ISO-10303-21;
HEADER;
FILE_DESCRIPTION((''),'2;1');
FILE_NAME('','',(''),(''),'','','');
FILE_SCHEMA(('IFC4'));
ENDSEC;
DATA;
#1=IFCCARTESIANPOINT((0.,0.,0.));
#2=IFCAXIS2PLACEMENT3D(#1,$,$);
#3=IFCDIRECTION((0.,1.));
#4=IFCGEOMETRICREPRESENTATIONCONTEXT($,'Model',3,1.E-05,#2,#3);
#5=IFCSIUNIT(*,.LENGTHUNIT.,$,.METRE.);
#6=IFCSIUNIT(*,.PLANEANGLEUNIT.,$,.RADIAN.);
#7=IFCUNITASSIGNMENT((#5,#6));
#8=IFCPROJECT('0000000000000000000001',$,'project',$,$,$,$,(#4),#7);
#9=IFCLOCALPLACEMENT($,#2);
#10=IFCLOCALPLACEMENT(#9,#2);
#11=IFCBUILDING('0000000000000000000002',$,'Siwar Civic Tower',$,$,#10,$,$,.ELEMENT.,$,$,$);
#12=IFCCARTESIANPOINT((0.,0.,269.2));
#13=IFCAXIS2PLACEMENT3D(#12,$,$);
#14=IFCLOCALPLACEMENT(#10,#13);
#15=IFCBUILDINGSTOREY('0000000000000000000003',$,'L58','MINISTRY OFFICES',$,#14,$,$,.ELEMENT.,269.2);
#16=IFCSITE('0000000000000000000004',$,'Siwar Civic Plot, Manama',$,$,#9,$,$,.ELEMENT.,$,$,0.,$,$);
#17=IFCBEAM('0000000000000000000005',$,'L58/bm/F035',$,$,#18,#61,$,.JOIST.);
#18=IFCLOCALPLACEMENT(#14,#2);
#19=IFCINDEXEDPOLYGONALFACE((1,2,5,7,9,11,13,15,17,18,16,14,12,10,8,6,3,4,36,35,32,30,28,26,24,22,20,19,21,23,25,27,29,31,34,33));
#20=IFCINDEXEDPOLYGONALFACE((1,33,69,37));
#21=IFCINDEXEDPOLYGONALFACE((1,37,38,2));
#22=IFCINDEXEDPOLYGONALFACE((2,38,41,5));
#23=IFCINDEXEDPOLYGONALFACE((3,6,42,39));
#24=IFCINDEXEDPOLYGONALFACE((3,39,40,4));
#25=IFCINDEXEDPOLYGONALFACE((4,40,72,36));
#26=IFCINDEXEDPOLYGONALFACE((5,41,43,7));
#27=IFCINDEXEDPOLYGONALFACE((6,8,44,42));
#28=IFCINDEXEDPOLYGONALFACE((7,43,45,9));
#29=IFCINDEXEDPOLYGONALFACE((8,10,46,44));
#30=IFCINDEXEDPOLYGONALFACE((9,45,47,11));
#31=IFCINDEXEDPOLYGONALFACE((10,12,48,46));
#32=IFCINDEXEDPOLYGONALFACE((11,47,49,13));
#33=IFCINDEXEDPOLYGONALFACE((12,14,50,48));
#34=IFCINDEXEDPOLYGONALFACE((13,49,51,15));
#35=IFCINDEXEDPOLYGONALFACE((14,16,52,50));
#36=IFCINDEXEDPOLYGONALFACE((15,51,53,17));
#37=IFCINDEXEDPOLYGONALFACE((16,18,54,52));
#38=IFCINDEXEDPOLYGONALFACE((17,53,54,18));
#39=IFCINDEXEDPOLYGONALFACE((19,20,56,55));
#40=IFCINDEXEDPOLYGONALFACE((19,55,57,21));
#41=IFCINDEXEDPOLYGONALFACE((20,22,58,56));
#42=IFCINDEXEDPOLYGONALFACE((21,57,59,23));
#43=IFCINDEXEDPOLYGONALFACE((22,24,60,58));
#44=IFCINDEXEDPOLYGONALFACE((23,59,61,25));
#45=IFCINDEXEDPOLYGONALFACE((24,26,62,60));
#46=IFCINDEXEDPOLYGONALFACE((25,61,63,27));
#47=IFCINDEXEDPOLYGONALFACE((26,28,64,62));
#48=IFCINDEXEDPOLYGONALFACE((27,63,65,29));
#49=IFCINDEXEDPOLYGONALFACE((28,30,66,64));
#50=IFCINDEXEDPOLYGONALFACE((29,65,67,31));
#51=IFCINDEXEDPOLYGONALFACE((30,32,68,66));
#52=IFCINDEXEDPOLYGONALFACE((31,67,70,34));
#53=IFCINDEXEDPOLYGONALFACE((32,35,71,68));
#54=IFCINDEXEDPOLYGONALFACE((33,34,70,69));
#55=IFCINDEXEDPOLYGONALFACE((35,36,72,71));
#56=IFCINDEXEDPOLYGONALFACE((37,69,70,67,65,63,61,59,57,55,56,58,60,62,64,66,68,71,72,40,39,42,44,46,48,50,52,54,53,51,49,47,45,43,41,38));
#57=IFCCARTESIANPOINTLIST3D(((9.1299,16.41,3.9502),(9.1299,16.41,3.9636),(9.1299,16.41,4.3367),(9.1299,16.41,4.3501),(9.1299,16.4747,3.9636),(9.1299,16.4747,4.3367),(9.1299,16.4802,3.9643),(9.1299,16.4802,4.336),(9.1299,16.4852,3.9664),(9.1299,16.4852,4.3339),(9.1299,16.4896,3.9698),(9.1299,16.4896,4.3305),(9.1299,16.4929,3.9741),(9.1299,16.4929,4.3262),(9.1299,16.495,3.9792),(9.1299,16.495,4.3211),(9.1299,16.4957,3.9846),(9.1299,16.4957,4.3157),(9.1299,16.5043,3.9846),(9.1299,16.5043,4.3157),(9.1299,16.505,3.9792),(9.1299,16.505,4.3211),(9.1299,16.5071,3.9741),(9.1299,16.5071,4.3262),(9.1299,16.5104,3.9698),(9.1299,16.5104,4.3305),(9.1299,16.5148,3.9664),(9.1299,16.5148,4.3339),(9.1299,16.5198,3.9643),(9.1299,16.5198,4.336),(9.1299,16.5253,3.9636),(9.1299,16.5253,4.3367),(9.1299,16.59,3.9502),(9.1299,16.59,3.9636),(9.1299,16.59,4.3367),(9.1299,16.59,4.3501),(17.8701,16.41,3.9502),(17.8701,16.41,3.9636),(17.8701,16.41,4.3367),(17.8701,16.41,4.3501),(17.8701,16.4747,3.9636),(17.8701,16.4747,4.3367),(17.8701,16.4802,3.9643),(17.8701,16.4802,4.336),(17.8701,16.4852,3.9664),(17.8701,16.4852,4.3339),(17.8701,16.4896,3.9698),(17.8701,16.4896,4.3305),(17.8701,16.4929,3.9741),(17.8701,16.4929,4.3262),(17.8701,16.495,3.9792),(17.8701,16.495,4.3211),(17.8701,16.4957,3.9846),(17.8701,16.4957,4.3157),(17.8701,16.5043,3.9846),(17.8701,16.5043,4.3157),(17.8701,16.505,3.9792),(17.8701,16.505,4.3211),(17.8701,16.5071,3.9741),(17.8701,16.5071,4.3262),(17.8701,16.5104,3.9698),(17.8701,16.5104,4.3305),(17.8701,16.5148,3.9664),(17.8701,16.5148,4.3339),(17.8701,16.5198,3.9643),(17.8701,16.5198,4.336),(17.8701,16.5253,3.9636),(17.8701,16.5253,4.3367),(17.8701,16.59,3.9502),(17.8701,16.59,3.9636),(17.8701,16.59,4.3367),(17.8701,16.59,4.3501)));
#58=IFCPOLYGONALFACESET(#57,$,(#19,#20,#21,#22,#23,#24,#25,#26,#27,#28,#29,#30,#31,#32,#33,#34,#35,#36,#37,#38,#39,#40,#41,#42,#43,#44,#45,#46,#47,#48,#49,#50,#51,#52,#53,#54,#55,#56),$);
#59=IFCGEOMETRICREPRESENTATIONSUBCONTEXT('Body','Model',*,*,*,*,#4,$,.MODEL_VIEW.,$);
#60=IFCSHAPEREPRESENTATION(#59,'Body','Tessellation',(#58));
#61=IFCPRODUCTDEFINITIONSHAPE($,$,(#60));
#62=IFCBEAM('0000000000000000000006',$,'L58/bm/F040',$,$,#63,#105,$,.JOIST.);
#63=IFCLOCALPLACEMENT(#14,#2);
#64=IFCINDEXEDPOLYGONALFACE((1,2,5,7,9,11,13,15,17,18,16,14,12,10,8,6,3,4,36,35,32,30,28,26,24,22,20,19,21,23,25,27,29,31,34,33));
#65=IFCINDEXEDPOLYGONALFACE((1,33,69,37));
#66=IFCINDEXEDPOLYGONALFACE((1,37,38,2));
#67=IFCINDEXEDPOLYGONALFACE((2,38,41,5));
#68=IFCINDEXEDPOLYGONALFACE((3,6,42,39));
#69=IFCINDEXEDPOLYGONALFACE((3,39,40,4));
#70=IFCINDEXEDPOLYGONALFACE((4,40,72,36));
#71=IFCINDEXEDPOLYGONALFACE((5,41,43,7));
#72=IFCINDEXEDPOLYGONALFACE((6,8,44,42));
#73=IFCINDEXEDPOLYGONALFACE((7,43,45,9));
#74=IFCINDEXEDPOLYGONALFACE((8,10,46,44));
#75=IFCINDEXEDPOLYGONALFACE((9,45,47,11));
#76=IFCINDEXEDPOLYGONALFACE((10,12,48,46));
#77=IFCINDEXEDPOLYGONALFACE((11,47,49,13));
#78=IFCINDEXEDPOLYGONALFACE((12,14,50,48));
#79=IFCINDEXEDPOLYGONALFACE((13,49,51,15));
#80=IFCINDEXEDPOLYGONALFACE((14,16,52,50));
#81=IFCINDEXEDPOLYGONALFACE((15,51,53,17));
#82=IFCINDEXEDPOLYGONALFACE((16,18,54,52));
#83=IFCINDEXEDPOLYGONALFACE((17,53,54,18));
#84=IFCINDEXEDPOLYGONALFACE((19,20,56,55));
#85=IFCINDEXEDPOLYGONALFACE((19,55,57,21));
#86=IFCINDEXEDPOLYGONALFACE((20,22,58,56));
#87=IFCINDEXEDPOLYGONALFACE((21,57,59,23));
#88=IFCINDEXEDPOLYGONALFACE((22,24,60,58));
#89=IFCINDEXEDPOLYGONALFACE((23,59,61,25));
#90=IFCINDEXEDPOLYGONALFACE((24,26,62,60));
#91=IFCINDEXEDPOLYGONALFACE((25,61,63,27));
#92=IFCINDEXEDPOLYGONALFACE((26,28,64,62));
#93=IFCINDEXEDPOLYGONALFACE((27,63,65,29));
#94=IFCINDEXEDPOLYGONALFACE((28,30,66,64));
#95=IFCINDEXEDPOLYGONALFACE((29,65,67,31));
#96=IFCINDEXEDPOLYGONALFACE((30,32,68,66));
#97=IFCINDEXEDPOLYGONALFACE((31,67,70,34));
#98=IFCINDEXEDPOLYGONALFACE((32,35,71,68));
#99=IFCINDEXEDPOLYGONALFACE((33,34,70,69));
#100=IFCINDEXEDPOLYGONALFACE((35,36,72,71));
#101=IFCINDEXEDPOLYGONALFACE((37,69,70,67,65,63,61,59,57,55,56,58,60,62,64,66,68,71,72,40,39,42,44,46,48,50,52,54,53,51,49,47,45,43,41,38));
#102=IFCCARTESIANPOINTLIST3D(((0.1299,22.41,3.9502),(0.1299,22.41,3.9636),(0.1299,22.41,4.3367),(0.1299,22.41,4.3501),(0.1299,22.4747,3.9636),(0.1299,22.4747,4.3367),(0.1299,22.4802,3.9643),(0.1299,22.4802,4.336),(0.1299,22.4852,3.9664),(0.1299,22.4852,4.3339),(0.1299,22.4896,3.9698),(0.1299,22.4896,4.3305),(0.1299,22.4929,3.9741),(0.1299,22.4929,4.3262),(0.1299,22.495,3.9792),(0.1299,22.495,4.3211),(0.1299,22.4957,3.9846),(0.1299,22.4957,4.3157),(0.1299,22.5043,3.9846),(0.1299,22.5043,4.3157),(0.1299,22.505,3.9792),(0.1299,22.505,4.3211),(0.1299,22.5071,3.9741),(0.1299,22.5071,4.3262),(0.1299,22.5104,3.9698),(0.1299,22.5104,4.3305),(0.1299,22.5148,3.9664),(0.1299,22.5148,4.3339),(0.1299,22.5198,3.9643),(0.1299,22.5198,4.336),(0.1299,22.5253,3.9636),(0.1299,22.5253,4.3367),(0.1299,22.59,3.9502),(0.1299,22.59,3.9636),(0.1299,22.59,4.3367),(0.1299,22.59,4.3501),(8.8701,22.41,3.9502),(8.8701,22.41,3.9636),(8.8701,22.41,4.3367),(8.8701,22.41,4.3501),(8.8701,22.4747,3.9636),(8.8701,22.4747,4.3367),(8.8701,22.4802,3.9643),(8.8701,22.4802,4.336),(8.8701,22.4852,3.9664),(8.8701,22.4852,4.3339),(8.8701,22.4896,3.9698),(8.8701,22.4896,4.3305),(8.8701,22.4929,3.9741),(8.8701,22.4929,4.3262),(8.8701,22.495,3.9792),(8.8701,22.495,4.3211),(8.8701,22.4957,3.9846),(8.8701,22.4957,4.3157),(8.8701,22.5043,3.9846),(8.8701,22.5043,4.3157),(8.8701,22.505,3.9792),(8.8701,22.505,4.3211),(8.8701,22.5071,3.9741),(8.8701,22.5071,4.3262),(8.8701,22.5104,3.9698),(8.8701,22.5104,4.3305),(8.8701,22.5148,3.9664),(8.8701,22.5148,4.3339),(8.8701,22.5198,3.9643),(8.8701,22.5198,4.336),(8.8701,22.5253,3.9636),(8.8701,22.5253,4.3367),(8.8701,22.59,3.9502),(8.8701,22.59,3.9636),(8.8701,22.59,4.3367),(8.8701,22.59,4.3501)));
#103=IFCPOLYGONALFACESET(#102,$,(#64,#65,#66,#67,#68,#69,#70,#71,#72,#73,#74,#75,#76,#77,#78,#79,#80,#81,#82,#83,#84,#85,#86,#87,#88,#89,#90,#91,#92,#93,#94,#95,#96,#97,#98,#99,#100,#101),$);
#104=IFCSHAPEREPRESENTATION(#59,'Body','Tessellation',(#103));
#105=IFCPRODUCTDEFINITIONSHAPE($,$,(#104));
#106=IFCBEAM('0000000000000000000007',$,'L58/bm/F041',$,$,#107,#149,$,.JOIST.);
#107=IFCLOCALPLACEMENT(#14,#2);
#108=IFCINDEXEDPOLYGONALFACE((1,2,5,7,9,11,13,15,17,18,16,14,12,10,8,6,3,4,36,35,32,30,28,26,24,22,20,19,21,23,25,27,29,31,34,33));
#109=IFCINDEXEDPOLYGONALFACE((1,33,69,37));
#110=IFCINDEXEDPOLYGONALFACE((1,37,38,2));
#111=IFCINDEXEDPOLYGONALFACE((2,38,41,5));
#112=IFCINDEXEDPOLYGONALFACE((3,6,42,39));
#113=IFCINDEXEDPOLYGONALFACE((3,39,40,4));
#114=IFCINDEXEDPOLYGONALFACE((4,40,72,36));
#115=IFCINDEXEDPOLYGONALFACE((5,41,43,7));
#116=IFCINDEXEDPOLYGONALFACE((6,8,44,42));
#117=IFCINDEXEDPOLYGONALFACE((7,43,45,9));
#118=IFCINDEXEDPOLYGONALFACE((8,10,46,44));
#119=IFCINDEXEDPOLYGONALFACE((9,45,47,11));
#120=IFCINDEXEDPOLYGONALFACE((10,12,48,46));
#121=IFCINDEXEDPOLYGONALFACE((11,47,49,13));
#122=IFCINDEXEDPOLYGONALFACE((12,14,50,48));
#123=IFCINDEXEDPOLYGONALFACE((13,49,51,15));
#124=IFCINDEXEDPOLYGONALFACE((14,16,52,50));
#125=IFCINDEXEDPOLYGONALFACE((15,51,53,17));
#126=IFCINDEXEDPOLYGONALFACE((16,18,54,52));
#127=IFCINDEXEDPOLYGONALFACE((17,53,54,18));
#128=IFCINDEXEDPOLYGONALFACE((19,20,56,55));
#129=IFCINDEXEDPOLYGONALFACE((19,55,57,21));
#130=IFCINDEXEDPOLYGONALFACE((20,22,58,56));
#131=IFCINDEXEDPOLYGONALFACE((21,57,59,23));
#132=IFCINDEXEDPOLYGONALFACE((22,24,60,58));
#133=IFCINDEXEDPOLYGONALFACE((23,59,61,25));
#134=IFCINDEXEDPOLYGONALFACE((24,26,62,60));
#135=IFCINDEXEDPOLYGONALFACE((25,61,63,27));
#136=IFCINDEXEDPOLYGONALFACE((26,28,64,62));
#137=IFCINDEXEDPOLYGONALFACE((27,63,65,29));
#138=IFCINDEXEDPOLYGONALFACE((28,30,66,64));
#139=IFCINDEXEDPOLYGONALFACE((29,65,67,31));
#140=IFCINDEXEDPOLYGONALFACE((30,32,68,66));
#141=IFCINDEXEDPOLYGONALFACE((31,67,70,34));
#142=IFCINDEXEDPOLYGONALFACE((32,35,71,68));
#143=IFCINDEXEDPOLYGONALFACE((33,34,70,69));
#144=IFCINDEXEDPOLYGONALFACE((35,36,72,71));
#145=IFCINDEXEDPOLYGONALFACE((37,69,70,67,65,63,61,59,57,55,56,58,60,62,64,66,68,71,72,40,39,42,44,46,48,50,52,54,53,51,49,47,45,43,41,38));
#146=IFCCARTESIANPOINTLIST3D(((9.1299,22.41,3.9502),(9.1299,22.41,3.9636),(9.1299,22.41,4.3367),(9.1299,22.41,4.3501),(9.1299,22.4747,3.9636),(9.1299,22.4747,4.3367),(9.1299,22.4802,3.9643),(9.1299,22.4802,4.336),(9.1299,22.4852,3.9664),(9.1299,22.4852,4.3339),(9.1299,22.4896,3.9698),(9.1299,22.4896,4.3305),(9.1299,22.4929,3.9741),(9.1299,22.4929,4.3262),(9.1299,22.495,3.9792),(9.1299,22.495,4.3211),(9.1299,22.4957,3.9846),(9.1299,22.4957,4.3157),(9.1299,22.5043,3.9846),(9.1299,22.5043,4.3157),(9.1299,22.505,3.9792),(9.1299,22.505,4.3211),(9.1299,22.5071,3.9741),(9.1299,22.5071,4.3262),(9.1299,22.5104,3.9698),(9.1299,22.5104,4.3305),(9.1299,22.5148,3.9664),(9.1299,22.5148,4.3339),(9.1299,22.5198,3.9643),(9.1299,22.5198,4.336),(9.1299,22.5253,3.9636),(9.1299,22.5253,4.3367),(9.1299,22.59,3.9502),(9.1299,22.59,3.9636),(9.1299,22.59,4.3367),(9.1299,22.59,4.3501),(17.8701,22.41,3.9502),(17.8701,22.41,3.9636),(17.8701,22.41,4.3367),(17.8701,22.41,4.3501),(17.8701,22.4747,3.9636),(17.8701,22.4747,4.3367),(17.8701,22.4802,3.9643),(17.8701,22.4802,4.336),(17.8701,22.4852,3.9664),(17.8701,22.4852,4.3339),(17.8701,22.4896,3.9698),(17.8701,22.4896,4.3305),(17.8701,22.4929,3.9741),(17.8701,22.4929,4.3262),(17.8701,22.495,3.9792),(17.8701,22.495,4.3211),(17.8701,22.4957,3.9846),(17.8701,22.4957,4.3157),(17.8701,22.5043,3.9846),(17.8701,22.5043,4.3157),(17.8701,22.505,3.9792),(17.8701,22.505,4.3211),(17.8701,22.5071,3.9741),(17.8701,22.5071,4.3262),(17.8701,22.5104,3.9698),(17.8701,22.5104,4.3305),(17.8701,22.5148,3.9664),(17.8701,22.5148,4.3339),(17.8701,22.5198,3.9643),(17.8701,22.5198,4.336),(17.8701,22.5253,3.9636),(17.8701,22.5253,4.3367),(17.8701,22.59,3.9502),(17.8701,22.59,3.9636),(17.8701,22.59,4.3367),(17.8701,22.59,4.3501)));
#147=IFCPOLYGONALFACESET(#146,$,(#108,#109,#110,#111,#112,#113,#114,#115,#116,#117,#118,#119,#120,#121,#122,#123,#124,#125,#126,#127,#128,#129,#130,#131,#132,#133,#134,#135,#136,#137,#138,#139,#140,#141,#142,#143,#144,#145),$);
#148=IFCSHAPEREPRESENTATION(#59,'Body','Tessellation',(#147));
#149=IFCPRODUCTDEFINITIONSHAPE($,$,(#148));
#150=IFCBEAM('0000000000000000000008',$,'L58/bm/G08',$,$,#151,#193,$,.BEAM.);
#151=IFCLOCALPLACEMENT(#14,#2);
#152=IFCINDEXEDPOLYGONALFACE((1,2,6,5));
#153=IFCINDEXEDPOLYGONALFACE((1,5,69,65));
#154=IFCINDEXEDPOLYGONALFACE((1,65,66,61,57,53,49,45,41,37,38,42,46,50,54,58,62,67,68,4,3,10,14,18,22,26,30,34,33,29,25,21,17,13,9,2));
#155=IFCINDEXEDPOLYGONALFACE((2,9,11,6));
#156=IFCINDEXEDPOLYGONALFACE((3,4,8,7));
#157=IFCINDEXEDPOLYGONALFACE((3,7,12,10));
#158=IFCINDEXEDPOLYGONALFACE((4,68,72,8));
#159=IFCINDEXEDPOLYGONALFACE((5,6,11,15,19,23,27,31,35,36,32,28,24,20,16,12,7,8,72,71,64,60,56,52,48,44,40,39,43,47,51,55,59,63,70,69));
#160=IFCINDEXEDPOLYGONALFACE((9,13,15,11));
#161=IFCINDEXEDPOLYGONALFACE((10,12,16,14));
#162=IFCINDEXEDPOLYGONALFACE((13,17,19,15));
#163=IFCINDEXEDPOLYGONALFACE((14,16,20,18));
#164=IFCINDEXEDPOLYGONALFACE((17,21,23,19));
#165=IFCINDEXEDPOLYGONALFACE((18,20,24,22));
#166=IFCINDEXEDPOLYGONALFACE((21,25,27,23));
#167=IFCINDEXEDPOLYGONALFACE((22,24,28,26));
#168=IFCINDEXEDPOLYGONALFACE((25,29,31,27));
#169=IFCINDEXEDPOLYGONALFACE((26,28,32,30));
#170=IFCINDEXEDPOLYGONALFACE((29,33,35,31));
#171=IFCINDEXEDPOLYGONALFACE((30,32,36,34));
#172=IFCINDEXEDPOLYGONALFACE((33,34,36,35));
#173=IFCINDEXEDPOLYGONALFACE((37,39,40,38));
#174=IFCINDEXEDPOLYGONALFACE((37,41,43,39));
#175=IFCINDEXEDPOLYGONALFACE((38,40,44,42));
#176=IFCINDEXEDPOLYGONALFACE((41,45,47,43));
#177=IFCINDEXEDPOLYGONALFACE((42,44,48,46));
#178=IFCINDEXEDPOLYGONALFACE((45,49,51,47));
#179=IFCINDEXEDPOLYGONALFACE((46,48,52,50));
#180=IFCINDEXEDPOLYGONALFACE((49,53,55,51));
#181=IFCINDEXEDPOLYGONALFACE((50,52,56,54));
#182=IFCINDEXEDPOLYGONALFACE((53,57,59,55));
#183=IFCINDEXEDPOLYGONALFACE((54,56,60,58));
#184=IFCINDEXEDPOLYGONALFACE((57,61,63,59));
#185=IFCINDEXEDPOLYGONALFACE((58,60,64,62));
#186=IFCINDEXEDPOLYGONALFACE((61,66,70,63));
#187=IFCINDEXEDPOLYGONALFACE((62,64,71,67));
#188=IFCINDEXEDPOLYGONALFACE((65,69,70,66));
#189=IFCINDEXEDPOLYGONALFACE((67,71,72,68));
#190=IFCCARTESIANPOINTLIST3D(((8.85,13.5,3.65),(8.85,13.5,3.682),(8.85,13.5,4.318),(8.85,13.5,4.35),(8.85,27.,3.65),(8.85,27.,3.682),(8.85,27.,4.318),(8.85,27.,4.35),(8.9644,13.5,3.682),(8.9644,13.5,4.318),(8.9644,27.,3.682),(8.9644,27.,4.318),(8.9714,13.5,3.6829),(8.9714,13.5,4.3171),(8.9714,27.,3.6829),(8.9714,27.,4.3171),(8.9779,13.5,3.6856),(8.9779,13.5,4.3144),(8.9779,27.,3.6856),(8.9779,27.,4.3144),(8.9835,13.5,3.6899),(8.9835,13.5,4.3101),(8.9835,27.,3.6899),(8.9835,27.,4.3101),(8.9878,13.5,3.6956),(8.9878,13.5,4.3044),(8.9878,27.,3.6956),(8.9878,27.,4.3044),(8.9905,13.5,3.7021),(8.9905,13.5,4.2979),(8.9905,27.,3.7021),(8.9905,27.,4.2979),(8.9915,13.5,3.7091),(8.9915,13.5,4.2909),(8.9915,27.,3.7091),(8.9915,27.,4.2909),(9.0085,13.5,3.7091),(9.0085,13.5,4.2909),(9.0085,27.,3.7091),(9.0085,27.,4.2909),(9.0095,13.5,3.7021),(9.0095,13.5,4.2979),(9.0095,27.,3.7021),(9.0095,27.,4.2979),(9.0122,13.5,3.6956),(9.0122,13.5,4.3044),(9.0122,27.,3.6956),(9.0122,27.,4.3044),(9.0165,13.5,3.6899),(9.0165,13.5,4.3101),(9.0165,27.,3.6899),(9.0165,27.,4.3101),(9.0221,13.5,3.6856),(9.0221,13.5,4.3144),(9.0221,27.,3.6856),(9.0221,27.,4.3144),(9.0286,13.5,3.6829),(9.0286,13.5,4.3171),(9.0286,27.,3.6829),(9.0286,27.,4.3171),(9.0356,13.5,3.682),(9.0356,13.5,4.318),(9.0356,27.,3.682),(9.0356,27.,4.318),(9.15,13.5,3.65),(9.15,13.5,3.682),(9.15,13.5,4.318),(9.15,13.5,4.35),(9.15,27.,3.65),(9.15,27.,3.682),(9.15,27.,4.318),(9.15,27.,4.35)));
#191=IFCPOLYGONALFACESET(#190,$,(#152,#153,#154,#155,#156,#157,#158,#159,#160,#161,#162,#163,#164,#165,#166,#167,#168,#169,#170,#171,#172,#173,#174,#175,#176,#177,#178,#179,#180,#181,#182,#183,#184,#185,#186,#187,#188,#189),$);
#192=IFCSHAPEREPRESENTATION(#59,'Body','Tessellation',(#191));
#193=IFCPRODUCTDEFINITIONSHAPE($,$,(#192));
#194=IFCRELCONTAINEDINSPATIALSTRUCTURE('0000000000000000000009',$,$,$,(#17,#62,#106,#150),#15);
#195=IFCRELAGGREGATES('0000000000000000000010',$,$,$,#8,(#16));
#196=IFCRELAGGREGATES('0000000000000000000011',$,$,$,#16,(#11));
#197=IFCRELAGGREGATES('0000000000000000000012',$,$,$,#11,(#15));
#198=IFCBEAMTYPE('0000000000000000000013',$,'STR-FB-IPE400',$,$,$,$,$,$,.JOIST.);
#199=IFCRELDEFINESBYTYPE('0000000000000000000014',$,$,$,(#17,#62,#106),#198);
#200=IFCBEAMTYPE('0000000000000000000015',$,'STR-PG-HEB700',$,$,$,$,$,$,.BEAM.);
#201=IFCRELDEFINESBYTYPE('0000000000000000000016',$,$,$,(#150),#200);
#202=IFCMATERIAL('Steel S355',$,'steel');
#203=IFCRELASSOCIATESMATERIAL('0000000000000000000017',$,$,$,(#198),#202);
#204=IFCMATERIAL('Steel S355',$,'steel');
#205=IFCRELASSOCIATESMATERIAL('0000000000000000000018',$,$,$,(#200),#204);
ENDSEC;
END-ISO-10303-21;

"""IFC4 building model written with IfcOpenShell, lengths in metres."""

from ifc_helpers import new_model, si_unit, direction, frame, origin, origin_2d, place, context, subcontext, project, spatial, i_section, extrude, material, material_profile, profile_set, type_object, element, save


model = new_model("IFC4")

# Units and contexts
model_context = context("Model", 3, precision=1e-05, world=origin(), true_north=direction((0.0, 1.0)))
body_context = subcontext(model_context, "Body", "Model", "MODEL_VIEW")
ifc_project = project(units=[si_unit("LENGTHUNIT", "METRE"), si_unit("PLANEANGLEUNIT", "RADIAN")], contexts=[model_context])

# Site, building, storey
site_placement = place(None, origin())
site = spatial("IfcSite", under=ifc_project, at=site_placement, Name="Siwar Civic Plot, Manama", CompositionType="ELEMENT", RefElevation=0.0)
building_placement = place(site_placement, origin())
building = spatial("IfcBuilding", under=site, at=building_placement, Name="Siwar Civic Tower", CompositionType="ELEMENT")
storey_placement = place(building_placement, frame((0.0, 0.0, 269.2)))
storey = spatial("IfcBuildingStorey", under=building, at=storey_placement, Name="L58", Description="MINISTRY OFFICES", CompositionType="ELEMENT", Elevation=269.2)

# Beams
ifc_material_1 = material(Name="Steel S355", Category="steel")
ifc_material_profile_1 = material_profile(ifc_material_1, i_section(OverallWidth=0.1799, OverallDepth=0.3999, WebThickness=0.0085, FlangeThickness=0.0134, FilletRadius=0.021, at=origin_2d()), Name="IPE400")
ifc_profile_set_1 = profile_set([ifc_material_profile_1], Name="Steel S355")
beam_type_1 = type_object("IfcBeamType", Name="STR-FB-IPE400", PredefinedType="JOIST", material=ifc_profile_set_1)
for number, where, z_axis, x_axis, name in (
    (1, (9.1299, 16.5, 4.1501), (1.0, 0.0, 0.0), (0.0, 1.0, 0.0), "L58/bm/F035"),
    (2, (0.1299, 22.5, 4.1501), (1.0, 0.0, 0.0), (0.0, 1.0, 0.0), "L58/bm/F040"),
    (3, (9.1299, 22.5, 4.1501), (1.0, 0.0, 0.0), (0.0, 1.0, 0.0), "L58/bm/F041"),
):
    element("IfcBeam", number, at=place(storey_placement, frame(where, z_axis=z_axis, x_axis=x_axis)), inside=storey, type_object=beam_type_1, Name=name, PredefinedType="JOIST", context=body_context, shape_type="SweptSolid", body=[
        extrude(i_section(OverallWidth=0.1799, OverallDepth=0.3999, WebThickness=0.0085, FlangeThickness=0.0134, FilletRadius=0.021, at=origin_2d()), origin(), (0.0, 0.0, 1.0), 8.7402),
    ])
ifc_material_2 = material(Name="Steel S355", Category="steel")
ifc_material_profile_2 = material_profile(ifc_material_2, i_section(OverallWidth=0.3, OverallDepth=0.7, WebThickness=0.0171, FlangeThickness=0.032, FilletRadius=0.0271, at=origin_2d()), Name="HEB700")
ifc_profile_set_2 = profile_set([ifc_material_profile_2], Name="Steel S355")
beam_type_2 = type_object("IfcBeamType", Name="STR-PG-HEB700", PredefinedType="BEAM", material=ifc_profile_set_2)
beam_1_placement = place(storey_placement, frame((9.0, 13.5, 4.0), z_axis=(0.0, 1.0, 0.0), x_axis=(-1.0, 0.0, 0.0)))
element("IfcBeam", 4, at=beam_1_placement, inside=storey, type_object=beam_type_2, Name="L58/bm/G08", PredefinedType="BEAM", context=body_context, shape_type="SweptSolid", body=[
    extrude(i_section(OverallWidth=0.3, OverallDepth=0.7, WebThickness=0.0171, FlangeThickness=0.032, FilletRadius=0.0271, at=origin_2d()), origin(), (0.0, 0.0, 1.0), 13.5),
])

save(model, "model.ifc")
